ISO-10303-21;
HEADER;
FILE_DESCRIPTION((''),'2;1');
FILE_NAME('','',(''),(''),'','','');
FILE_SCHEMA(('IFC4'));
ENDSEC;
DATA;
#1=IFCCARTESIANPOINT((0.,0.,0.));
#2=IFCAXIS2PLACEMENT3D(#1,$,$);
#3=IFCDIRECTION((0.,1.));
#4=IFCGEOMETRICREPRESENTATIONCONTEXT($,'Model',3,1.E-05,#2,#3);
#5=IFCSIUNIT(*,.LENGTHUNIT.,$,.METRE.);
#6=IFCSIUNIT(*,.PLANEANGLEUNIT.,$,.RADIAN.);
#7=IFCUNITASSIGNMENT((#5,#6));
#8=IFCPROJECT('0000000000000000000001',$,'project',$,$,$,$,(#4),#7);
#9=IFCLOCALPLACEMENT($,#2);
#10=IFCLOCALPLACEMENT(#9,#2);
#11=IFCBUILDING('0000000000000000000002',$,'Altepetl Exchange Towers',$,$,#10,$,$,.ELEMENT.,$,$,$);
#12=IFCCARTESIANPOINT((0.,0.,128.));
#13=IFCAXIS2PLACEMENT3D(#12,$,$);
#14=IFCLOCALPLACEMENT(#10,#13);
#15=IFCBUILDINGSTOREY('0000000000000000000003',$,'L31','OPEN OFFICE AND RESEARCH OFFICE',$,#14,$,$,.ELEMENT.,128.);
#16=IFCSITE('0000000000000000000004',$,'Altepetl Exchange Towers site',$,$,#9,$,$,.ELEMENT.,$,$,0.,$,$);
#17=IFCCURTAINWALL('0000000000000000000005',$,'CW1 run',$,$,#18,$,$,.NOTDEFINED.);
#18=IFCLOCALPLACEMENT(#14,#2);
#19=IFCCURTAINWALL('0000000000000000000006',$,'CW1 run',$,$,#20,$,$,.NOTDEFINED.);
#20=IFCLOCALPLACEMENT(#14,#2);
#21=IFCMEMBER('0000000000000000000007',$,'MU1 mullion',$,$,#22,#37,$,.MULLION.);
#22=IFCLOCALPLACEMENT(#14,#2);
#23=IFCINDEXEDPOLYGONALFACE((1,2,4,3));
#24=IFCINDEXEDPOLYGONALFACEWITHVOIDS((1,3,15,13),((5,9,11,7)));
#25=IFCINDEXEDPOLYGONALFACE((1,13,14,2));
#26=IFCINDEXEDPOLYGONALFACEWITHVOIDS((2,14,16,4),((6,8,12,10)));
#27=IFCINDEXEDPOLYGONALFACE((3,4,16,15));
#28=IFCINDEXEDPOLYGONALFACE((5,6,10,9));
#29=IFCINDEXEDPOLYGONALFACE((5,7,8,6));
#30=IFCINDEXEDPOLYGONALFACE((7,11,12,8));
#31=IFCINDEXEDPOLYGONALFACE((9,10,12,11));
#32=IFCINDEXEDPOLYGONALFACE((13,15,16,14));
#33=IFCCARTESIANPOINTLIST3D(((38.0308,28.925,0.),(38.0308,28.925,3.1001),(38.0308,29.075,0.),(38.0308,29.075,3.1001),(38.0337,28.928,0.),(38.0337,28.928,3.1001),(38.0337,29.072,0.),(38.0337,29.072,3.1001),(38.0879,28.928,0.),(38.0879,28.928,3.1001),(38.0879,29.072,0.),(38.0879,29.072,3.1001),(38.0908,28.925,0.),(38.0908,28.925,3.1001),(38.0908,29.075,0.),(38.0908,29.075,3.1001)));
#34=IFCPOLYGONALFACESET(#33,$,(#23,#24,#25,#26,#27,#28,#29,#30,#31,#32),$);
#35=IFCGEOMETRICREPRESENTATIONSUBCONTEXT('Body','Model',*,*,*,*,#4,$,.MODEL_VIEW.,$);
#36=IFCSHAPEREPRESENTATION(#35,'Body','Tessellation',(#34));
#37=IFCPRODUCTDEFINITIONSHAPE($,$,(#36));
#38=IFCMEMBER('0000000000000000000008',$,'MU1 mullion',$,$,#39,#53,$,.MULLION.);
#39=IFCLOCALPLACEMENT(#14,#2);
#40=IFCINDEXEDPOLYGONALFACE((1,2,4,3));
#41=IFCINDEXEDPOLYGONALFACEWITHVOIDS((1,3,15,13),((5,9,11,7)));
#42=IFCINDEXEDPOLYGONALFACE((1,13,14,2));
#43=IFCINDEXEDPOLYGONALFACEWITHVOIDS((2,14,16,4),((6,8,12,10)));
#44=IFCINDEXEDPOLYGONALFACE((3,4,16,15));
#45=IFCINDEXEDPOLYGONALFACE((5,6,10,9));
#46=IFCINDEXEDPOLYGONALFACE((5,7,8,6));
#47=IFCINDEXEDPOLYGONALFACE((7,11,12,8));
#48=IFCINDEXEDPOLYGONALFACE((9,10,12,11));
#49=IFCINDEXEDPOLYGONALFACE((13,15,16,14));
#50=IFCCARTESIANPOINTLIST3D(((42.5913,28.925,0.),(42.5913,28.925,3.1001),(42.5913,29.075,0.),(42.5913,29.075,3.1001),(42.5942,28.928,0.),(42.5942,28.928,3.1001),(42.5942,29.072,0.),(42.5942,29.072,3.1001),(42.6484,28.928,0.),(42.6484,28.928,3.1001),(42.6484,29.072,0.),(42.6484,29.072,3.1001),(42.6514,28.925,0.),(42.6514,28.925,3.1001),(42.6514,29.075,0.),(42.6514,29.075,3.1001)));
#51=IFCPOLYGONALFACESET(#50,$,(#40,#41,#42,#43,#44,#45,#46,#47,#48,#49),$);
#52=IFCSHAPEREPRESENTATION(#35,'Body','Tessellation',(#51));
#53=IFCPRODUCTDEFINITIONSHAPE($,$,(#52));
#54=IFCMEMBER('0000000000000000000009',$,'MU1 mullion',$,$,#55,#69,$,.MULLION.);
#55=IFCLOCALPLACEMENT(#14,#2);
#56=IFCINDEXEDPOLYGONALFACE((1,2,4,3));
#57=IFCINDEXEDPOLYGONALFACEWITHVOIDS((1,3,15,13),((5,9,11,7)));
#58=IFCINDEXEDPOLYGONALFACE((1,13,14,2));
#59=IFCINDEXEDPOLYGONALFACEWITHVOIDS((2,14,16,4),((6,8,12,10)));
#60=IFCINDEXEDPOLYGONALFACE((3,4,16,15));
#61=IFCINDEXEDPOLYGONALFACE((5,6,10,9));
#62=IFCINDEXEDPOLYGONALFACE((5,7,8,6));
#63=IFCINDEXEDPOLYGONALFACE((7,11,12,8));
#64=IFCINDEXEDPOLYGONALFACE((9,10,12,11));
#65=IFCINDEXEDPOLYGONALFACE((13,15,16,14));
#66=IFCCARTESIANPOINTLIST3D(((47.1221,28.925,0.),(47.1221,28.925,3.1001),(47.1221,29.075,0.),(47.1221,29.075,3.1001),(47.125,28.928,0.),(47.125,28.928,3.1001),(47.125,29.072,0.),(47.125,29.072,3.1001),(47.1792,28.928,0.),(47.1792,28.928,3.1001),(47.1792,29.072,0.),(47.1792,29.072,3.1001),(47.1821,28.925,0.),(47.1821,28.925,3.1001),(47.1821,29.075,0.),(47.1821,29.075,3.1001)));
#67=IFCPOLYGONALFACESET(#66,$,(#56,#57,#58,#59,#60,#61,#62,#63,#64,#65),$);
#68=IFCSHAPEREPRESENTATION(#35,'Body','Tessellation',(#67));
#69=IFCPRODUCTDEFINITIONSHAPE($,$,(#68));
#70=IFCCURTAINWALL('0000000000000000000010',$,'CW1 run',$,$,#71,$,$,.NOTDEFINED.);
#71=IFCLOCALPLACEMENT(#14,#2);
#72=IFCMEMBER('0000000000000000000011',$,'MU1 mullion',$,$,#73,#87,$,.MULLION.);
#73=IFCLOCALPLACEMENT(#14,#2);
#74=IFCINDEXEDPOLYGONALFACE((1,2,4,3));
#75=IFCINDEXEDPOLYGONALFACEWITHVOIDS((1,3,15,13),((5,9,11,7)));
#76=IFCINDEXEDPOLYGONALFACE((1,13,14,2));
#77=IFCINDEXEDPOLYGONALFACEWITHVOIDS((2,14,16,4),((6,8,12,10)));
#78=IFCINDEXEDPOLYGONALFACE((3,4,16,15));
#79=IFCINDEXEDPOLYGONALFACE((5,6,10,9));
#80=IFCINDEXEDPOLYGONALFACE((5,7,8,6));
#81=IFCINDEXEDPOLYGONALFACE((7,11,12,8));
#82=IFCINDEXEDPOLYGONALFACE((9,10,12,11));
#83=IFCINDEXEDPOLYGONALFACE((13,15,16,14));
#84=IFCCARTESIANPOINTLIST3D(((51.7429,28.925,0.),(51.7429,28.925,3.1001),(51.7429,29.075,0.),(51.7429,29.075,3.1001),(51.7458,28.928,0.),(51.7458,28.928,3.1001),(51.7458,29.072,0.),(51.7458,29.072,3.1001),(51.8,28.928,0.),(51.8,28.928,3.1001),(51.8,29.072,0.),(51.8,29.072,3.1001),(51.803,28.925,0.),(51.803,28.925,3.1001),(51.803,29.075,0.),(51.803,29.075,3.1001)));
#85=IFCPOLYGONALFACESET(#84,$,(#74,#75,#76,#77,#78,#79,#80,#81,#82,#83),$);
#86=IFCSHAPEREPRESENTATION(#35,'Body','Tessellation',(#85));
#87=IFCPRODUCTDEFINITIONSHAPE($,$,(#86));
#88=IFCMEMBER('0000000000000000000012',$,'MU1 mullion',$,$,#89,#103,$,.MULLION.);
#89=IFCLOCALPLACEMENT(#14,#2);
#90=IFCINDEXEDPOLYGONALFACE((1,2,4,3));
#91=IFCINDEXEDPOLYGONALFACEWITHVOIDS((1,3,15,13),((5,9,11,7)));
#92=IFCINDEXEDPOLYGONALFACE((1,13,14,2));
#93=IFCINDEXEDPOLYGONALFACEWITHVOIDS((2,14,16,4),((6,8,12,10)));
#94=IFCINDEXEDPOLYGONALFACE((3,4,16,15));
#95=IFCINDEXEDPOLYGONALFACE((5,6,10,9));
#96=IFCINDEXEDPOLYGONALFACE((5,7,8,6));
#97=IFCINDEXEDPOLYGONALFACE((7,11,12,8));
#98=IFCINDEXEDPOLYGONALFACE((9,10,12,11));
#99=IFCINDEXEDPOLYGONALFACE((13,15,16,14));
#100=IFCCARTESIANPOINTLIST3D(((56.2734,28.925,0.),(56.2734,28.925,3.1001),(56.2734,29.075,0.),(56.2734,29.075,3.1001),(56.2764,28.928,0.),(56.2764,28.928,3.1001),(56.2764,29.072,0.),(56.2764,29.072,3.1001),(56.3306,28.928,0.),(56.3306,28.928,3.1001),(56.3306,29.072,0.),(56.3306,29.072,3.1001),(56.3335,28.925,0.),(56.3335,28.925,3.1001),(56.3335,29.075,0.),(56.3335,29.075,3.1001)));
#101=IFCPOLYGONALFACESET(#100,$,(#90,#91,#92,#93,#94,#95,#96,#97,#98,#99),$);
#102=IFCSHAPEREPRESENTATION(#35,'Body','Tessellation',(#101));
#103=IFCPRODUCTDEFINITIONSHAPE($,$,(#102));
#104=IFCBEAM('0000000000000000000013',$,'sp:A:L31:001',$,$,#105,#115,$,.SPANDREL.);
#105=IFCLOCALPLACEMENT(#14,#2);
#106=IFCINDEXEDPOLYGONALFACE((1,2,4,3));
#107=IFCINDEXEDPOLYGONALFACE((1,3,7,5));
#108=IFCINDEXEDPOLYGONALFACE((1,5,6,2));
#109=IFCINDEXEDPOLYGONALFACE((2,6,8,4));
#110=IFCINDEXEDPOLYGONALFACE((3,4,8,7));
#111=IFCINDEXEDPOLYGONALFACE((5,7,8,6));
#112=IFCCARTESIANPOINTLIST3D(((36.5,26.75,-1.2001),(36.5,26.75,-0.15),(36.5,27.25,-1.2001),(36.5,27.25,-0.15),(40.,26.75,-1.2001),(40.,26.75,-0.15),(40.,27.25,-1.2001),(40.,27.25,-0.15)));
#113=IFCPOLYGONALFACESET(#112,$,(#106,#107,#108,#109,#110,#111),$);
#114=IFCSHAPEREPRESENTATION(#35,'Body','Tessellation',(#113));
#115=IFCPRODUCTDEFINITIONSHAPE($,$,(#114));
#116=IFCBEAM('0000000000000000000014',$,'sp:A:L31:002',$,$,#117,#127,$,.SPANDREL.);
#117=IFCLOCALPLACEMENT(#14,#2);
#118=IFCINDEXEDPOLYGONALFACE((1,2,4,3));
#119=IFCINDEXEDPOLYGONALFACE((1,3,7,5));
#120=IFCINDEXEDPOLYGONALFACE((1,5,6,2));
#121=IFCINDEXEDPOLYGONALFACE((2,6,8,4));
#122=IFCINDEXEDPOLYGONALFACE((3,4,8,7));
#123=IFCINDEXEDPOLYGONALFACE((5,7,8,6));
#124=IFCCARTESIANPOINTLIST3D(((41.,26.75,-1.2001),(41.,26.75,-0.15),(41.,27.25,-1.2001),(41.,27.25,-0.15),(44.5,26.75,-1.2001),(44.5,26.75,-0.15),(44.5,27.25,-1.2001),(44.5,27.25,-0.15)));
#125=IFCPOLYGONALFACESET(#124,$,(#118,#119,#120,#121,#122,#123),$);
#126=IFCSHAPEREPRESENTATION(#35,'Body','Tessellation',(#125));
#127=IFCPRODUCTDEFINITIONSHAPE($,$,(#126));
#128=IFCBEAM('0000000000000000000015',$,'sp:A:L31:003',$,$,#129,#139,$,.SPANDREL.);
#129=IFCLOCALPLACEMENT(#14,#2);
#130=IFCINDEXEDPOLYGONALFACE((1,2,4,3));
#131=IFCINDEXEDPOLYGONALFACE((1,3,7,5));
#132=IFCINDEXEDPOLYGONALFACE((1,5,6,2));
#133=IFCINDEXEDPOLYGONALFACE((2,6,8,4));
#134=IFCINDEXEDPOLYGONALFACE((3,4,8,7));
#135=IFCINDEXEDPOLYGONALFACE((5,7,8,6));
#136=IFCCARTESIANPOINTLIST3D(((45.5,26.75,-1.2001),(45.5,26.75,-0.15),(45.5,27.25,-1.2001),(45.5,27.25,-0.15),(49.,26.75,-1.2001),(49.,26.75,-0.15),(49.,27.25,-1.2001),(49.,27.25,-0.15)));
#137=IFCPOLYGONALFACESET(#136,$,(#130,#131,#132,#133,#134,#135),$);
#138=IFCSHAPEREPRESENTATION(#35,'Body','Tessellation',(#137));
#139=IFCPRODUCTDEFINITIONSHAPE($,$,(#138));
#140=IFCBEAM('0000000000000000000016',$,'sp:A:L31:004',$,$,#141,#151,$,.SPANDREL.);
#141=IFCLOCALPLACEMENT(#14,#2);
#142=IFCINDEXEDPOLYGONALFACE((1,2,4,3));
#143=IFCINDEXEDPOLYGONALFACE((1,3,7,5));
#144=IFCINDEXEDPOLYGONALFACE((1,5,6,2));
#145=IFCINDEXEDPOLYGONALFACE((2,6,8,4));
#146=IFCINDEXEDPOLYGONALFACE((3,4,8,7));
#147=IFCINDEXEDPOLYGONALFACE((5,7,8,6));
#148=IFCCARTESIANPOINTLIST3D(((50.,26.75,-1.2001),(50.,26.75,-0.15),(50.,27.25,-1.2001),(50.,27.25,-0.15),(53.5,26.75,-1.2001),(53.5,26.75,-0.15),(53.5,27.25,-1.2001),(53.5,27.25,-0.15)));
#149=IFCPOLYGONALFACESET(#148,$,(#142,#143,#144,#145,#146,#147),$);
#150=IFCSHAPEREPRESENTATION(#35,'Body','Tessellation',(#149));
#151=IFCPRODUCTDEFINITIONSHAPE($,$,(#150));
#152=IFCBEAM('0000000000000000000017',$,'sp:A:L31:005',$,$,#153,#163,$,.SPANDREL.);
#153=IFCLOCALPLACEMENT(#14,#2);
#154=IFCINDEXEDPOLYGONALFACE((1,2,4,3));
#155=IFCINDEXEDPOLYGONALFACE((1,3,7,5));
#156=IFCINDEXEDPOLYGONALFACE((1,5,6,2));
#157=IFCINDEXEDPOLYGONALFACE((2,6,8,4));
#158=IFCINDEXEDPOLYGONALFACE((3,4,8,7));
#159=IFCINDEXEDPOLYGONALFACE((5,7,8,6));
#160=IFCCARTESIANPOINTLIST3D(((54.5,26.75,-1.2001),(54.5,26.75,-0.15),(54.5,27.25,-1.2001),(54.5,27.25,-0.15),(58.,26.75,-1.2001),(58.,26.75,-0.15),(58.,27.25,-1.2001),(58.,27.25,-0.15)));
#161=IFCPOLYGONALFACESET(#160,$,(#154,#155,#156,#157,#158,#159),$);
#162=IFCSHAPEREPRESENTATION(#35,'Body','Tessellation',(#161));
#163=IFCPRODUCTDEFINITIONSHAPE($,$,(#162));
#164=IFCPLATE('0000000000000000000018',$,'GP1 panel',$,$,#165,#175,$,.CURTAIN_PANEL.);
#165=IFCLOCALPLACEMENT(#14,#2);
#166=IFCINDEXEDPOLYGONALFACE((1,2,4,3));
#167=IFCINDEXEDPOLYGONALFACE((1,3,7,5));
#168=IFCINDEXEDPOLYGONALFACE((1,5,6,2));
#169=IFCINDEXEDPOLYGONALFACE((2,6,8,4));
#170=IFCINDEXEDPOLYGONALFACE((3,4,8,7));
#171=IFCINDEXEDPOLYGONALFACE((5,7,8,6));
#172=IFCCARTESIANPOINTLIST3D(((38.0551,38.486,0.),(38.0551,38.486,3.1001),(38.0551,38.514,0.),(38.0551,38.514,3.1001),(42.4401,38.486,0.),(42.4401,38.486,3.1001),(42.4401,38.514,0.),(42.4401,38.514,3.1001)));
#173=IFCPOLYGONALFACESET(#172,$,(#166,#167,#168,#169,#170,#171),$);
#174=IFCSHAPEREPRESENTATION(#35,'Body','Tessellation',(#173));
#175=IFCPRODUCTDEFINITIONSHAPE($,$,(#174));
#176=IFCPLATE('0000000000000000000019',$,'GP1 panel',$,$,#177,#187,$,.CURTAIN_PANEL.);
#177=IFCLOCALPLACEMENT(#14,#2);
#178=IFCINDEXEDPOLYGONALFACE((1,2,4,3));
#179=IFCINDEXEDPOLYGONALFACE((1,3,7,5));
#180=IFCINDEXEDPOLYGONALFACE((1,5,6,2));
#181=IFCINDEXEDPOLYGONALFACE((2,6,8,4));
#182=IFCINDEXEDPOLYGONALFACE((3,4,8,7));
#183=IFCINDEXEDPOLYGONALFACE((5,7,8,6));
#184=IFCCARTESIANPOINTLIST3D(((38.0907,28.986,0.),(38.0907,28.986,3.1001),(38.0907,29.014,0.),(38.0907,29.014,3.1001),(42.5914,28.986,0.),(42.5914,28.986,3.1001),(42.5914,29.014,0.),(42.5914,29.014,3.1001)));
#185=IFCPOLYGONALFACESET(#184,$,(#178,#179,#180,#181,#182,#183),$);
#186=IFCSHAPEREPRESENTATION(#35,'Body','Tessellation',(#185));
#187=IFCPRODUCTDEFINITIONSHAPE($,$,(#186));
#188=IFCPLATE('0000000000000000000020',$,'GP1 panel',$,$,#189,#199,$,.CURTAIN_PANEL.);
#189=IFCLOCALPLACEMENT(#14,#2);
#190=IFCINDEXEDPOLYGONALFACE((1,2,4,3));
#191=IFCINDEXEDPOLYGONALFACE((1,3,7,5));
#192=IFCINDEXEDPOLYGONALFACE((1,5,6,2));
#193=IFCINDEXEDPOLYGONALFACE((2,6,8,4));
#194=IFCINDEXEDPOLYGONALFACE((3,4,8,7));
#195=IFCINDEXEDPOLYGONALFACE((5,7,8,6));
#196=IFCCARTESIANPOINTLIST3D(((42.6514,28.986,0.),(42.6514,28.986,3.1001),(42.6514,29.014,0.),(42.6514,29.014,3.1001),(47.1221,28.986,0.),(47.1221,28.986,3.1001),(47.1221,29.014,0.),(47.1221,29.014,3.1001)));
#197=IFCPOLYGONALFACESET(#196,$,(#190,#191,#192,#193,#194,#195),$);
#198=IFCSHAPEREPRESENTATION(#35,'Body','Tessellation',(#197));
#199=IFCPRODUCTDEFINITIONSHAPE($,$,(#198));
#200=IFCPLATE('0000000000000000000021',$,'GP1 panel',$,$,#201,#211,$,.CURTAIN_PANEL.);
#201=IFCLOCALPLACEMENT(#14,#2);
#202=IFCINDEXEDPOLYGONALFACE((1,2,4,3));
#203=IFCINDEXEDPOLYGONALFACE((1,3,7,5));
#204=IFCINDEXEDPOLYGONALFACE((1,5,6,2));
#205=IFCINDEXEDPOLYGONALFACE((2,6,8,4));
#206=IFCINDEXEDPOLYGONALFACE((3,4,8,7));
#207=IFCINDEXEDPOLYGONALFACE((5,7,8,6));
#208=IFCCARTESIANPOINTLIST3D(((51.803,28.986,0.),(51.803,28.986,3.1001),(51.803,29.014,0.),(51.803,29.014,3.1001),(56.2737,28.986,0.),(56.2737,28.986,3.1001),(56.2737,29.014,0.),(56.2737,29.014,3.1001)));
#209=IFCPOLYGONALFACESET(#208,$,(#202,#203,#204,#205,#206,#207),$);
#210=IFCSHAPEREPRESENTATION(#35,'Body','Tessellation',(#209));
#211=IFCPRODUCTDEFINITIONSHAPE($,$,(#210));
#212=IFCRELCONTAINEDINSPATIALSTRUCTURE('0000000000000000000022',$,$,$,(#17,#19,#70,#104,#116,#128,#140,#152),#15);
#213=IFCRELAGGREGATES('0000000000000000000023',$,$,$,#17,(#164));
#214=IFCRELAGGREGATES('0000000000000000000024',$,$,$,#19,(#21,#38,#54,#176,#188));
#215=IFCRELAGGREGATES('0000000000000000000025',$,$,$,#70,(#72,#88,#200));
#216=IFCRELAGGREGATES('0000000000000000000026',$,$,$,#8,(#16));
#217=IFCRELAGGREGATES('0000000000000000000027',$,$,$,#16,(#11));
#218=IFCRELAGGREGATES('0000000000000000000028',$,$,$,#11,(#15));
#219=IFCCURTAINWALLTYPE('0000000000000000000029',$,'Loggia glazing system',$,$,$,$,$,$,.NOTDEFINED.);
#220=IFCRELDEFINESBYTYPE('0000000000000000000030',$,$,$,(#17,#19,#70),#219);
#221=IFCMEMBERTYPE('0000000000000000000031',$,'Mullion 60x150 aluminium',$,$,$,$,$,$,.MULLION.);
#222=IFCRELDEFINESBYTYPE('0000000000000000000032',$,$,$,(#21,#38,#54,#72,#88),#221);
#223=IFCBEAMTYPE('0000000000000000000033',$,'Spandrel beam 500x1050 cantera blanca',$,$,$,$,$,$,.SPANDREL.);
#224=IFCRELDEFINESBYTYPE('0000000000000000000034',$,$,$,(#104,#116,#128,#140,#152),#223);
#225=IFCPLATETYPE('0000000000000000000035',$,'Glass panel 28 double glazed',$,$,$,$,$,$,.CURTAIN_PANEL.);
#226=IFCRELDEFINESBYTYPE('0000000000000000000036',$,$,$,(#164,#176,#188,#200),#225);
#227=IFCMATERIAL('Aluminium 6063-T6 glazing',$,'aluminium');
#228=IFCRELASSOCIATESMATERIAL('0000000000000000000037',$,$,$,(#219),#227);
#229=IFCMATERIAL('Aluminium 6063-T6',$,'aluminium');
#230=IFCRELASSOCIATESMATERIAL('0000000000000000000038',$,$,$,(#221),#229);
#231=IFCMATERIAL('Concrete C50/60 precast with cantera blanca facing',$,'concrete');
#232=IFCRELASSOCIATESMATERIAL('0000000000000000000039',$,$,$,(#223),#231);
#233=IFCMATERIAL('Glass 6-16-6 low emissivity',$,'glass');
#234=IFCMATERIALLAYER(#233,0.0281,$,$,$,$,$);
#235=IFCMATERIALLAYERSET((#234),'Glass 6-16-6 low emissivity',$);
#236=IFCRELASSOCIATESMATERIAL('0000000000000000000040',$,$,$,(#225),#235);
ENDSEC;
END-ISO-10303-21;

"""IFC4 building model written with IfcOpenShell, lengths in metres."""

from ifc_helpers import new_model, si_unit, direction, frame, origin, origin_2d, place, context, subcontext, project, spatial, rectangle, hollow_rectangle, extrude, material, layer, layer_set, material_profile, profile_set, type_object, element, aggregate, save


model = new_model("IFC4")

# Units and contexts
model_context = context("Model", 3, precision=1e-05, world=origin(), true_north=direction((0.0, 1.0)))
body_context = subcontext(model_context, "Body", "Model", "MODEL_VIEW")
ifc_project = project(units=[si_unit("LENGTHUNIT", "METRE"), si_unit("PLANEANGLEUNIT", "RADIAN")], contexts=[model_context])

# Site, building, storey
site_placement = place(None, origin())
site = spatial("IfcSite", under=ifc_project, at=site_placement, Name="Altepetl Exchange Towers site", CompositionType="ELEMENT", RefElevation=0.0)
building_placement = place(site_placement, origin())
building = spatial("IfcBuilding", under=site, at=building_placement, Name="Altepetl Exchange Towers", CompositionType="ELEMENT")
storey_placement = place(building_placement, frame((0.0, 0.0, 128.0)))
storey = spatial("IfcBuildingStorey", under=building, at=storey_placement, Name="L31", Description="OPEN OFFICE AND RESEARCH OFFICE", CompositionType="ELEMENT", Elevation=128.0)

# Curtain wall
ifc_material_1 = material(Name="Aluminium 6063-T6 glazing", Category="aluminium")
curtain_wall_type = type_object("IfcCurtainWallType", Name="Loggia glazing system", PredefinedType="NOTDEFINED", material=ifc_material_1)
curtain_wall_1_placement = place(storey_placement, origin())
curtain_wall_1 = element("IfcCurtainWall", 1, at=curtain_wall_1_placement, inside=storey, type_object=curtain_wall_type, Name="CW1 run", PredefinedType="NOTDEFINED")
ifc_material_2 = material(Name="Aluminium 6063-T6", Category="aluminium")
ifc_material_profile_1 = material_profile(ifc_material_2, hollow_rectangle(XDim=0.0601, YDim=0.1499, WallThickness=0.0029, at=origin_2d()), Name="Mullion 60x150 aluminium")
ifc_profile_set_1 = profile_set([ifc_material_profile_1], Name="Aluminium 6063-T6")
member_type = type_object("IfcMemberType", Name="Mullion 60x150 aluminium", PredefinedType="MULLION", material=ifc_profile_set_1)

# Curtain walls, members
curtain_wall_2_placement = place(storey_placement, origin())
curtain_wall_2 = element("IfcCurtainWall", 2, at=curtain_wall_2_placement, inside=storey, type_object=curtain_wall_type, Name="CW1 run", PredefinedType="NOTDEFINED")
member_1_placement = place(storey_placement, frame((38.0608, 29.0, 0.0)))
member_1 = element("IfcMember", 3, at=member_1_placement, type_object=member_type, Name="MU1 mullion", PredefinedType="MULLION", context=body_context, shape_type="SweptSolid", body=[
    extrude(hollow_rectangle(XDim=0.0601, YDim=0.1499, WallThickness=0.0029, at=origin_2d()), origin(), (0.0, 0.0, 1.0), 3.1001),
])
member_2_placement = place(storey_placement, frame((42.6213, 29.0, 0.0)))
member_2 = element("IfcMember", 4, at=member_2_placement, type_object=member_type, Name="MU1 mullion", PredefinedType="MULLION", context=body_context, shape_type="SweptSolid", body=[
    extrude(hollow_rectangle(XDim=0.0601, YDim=0.1499, WallThickness=0.0029, at=origin_2d()), origin(), (0.0, 0.0, 1.0), 3.1001),
])
member_3_placement = place(storey_placement, frame((47.1521, 29.0, 0.0)))
member_3 = element("IfcMember", 5, at=member_3_placement, type_object=member_type, Name="MU1 mullion", PredefinedType="MULLION", context=body_context, shape_type="SweptSolid", body=[
    extrude(hollow_rectangle(XDim=0.0601, YDim=0.1499, WallThickness=0.0029, at=origin_2d()), origin(), (0.0, 0.0, 1.0), 3.1001),
])
curtain_wall_3_placement = place(storey_placement, origin())
curtain_wall_3 = element("IfcCurtainWall", 6, at=curtain_wall_3_placement, inside=storey, type_object=curtain_wall_type, Name="CW1 run", PredefinedType="NOTDEFINED")
member_4_placement = place(storey_placement, frame((51.7729, 29.0, 0.0)))
member_4 = element("IfcMember", 7, at=member_4_placement, type_object=member_type, Name="MU1 mullion", PredefinedType="MULLION", context=body_context, shape_type="SweptSolid", body=[
    extrude(hollow_rectangle(XDim=0.0601, YDim=0.1499, WallThickness=0.0029, at=origin_2d()), origin(), (0.0, 0.0, 1.0), 3.1001),
])
member_5_placement = place(storey_placement, frame((56.3035, 29.0, 0.0)))
member_5 = element("IfcMember", 8, at=member_5_placement, type_object=member_type, Name="MU1 mullion", PredefinedType="MULLION", context=body_context, shape_type="SweptSolid", body=[
    extrude(hollow_rectangle(XDim=0.0601, YDim=0.1499, WallThickness=0.0029, at=origin_2d()), origin(), (0.0, 0.0, 1.0), 3.1001),
])

# Beams
ifc_material_3 = material(Name="Concrete C50/60 precast with cantera blanca facing", Category="concrete")
ifc_material_profile_2 = material_profile(ifc_material_3, rectangle(XDim=0.5, YDim=1.05, at=origin_2d()), Name="500 x 1050")
ifc_profile_set_2 = profile_set([ifc_material_profile_2], Name="Concrete C50/60 precast with cantera blanca facing")
beam_type_1 = type_object("IfcBeamType", Name="Spandrel beam 500x1050 cantera blanca", PredefinedType="SPANDREL", material=ifc_profile_set_2)
for number, where, z_axis, x_axis, name in (
    (9, (36.5, 27.0, -0.675), (1.0, 0.0, 0.0), (0.0, 1.0, 0.0), "sp:A:L31:001"),
    (10, (41.0, 27.0, -0.675), (1.0, 0.0, 0.0), (0.0, 1.0, 0.0), "sp:A:L31:002"),
    (11, (45.5, 27.0, -0.675), (1.0, 0.0, 0.0), (0.0, 1.0, 0.0), "sp:A:L31:003"),
    (12, (50.0, 27.0, -0.675), (1.0, 0.0, 0.0), (0.0, 1.0, 0.0), "sp:A:L31:004"),
    (13, (54.5, 27.0, -0.675), (1.0, 0.0, 0.0), (0.0, 1.0, 0.0), "sp:A:L31:005"),
):
    element("IfcBeam", number, at=place(storey_placement, frame(where, z_axis=z_axis, x_axis=x_axis)), inside=storey, type_object=beam_type_1, Name=name, PredefinedType="SPANDREL", context=body_context, shape_type="SweptSolid", body=[
        extrude(rectangle(XDim=0.5, YDim=1.05, at=origin_2d()), origin(), (0.0, 0.0, 1.0), 3.5),
    ])

# Plates
ifc_material_4 = material(Name="Glass 6-16-6 low emissivity", Category="glass")
ifc_layer_1 = layer(ifc_material_4, 0.0281)
ifc_layer_set_1 = layer_set([ifc_layer_1], Name="Glass 6-16-6 low emissivity")
plate_type = type_object("IfcPlateType", Name="Glass panel 28 double glazed", PredefinedType="CURTAIN_PANEL", material=ifc_layer_set_1)
plate_1_placement = place(storey_placement, frame((40.2476, 38.5, 0.0), z_axis=(0.0, 0.0, 1.0), x_axis=(-1.0, 0.0, 0.0)))
plate_1 = element("IfcPlate", 14, at=plate_1_placement, type_object=plate_type, Name="GP1 panel", PredefinedType="CURTAIN_PANEL", context=body_context, shape_type="SweptSolid", body=[
    extrude(rectangle(XDim=4.385, YDim=0.0281, at=origin_2d()), origin(), (0.0, 0.0, 1.0), 3.1001),
])
aggregate(curtain_wall_1, [plate_1])
plate_2_placement = place(storey_placement, frame((40.3411, 29.0, 0.0)))
plate_2 = element("IfcPlate", 15, at=plate_2_placement, type_object=plate_type, Name="GP1 panel", PredefinedType="CURTAIN_PANEL", context=body_context, shape_type="SweptSolid", body=[
    extrude(rectangle(XDim=4.5007, YDim=0.0281, at=origin_2d()), origin(), (0.0, 0.0, 1.0), 3.1001),
])
plate_3_placement = place(storey_placement, frame((44.8867, 29.0, 0.0)))
plate_3 = element("IfcPlate", 16, at=plate_3_placement, type_object=plate_type, Name="GP1 panel", PredefinedType="CURTAIN_PANEL", context=body_context, shape_type="SweptSolid", body=[
    extrude(rectangle(XDim=4.4707, YDim=0.0281, at=origin_2d()), origin(), (0.0, 0.0, 1.0), 3.1001),
])
aggregate(curtain_wall_2, [member_1, member_2, member_3, plate_2, plate_3])
plate_4_placement = place(storey_placement, frame((54.0383, 29.0, 0.0)))
plate_4 = element("IfcPlate", 17, at=plate_4_placement, type_object=plate_type, Name="GP1 panel", PredefinedType="CURTAIN_PANEL", context=body_context, shape_type="SweptSolid", body=[
    extrude(rectangle(XDim=4.4707, YDim=0.0281, at=origin_2d()), origin(), (0.0, 0.0, 1.0), 3.1001),
])
aggregate(curtain_wall_3, [member_4, member_5, plate_4])

save(model, "model.ifc")
